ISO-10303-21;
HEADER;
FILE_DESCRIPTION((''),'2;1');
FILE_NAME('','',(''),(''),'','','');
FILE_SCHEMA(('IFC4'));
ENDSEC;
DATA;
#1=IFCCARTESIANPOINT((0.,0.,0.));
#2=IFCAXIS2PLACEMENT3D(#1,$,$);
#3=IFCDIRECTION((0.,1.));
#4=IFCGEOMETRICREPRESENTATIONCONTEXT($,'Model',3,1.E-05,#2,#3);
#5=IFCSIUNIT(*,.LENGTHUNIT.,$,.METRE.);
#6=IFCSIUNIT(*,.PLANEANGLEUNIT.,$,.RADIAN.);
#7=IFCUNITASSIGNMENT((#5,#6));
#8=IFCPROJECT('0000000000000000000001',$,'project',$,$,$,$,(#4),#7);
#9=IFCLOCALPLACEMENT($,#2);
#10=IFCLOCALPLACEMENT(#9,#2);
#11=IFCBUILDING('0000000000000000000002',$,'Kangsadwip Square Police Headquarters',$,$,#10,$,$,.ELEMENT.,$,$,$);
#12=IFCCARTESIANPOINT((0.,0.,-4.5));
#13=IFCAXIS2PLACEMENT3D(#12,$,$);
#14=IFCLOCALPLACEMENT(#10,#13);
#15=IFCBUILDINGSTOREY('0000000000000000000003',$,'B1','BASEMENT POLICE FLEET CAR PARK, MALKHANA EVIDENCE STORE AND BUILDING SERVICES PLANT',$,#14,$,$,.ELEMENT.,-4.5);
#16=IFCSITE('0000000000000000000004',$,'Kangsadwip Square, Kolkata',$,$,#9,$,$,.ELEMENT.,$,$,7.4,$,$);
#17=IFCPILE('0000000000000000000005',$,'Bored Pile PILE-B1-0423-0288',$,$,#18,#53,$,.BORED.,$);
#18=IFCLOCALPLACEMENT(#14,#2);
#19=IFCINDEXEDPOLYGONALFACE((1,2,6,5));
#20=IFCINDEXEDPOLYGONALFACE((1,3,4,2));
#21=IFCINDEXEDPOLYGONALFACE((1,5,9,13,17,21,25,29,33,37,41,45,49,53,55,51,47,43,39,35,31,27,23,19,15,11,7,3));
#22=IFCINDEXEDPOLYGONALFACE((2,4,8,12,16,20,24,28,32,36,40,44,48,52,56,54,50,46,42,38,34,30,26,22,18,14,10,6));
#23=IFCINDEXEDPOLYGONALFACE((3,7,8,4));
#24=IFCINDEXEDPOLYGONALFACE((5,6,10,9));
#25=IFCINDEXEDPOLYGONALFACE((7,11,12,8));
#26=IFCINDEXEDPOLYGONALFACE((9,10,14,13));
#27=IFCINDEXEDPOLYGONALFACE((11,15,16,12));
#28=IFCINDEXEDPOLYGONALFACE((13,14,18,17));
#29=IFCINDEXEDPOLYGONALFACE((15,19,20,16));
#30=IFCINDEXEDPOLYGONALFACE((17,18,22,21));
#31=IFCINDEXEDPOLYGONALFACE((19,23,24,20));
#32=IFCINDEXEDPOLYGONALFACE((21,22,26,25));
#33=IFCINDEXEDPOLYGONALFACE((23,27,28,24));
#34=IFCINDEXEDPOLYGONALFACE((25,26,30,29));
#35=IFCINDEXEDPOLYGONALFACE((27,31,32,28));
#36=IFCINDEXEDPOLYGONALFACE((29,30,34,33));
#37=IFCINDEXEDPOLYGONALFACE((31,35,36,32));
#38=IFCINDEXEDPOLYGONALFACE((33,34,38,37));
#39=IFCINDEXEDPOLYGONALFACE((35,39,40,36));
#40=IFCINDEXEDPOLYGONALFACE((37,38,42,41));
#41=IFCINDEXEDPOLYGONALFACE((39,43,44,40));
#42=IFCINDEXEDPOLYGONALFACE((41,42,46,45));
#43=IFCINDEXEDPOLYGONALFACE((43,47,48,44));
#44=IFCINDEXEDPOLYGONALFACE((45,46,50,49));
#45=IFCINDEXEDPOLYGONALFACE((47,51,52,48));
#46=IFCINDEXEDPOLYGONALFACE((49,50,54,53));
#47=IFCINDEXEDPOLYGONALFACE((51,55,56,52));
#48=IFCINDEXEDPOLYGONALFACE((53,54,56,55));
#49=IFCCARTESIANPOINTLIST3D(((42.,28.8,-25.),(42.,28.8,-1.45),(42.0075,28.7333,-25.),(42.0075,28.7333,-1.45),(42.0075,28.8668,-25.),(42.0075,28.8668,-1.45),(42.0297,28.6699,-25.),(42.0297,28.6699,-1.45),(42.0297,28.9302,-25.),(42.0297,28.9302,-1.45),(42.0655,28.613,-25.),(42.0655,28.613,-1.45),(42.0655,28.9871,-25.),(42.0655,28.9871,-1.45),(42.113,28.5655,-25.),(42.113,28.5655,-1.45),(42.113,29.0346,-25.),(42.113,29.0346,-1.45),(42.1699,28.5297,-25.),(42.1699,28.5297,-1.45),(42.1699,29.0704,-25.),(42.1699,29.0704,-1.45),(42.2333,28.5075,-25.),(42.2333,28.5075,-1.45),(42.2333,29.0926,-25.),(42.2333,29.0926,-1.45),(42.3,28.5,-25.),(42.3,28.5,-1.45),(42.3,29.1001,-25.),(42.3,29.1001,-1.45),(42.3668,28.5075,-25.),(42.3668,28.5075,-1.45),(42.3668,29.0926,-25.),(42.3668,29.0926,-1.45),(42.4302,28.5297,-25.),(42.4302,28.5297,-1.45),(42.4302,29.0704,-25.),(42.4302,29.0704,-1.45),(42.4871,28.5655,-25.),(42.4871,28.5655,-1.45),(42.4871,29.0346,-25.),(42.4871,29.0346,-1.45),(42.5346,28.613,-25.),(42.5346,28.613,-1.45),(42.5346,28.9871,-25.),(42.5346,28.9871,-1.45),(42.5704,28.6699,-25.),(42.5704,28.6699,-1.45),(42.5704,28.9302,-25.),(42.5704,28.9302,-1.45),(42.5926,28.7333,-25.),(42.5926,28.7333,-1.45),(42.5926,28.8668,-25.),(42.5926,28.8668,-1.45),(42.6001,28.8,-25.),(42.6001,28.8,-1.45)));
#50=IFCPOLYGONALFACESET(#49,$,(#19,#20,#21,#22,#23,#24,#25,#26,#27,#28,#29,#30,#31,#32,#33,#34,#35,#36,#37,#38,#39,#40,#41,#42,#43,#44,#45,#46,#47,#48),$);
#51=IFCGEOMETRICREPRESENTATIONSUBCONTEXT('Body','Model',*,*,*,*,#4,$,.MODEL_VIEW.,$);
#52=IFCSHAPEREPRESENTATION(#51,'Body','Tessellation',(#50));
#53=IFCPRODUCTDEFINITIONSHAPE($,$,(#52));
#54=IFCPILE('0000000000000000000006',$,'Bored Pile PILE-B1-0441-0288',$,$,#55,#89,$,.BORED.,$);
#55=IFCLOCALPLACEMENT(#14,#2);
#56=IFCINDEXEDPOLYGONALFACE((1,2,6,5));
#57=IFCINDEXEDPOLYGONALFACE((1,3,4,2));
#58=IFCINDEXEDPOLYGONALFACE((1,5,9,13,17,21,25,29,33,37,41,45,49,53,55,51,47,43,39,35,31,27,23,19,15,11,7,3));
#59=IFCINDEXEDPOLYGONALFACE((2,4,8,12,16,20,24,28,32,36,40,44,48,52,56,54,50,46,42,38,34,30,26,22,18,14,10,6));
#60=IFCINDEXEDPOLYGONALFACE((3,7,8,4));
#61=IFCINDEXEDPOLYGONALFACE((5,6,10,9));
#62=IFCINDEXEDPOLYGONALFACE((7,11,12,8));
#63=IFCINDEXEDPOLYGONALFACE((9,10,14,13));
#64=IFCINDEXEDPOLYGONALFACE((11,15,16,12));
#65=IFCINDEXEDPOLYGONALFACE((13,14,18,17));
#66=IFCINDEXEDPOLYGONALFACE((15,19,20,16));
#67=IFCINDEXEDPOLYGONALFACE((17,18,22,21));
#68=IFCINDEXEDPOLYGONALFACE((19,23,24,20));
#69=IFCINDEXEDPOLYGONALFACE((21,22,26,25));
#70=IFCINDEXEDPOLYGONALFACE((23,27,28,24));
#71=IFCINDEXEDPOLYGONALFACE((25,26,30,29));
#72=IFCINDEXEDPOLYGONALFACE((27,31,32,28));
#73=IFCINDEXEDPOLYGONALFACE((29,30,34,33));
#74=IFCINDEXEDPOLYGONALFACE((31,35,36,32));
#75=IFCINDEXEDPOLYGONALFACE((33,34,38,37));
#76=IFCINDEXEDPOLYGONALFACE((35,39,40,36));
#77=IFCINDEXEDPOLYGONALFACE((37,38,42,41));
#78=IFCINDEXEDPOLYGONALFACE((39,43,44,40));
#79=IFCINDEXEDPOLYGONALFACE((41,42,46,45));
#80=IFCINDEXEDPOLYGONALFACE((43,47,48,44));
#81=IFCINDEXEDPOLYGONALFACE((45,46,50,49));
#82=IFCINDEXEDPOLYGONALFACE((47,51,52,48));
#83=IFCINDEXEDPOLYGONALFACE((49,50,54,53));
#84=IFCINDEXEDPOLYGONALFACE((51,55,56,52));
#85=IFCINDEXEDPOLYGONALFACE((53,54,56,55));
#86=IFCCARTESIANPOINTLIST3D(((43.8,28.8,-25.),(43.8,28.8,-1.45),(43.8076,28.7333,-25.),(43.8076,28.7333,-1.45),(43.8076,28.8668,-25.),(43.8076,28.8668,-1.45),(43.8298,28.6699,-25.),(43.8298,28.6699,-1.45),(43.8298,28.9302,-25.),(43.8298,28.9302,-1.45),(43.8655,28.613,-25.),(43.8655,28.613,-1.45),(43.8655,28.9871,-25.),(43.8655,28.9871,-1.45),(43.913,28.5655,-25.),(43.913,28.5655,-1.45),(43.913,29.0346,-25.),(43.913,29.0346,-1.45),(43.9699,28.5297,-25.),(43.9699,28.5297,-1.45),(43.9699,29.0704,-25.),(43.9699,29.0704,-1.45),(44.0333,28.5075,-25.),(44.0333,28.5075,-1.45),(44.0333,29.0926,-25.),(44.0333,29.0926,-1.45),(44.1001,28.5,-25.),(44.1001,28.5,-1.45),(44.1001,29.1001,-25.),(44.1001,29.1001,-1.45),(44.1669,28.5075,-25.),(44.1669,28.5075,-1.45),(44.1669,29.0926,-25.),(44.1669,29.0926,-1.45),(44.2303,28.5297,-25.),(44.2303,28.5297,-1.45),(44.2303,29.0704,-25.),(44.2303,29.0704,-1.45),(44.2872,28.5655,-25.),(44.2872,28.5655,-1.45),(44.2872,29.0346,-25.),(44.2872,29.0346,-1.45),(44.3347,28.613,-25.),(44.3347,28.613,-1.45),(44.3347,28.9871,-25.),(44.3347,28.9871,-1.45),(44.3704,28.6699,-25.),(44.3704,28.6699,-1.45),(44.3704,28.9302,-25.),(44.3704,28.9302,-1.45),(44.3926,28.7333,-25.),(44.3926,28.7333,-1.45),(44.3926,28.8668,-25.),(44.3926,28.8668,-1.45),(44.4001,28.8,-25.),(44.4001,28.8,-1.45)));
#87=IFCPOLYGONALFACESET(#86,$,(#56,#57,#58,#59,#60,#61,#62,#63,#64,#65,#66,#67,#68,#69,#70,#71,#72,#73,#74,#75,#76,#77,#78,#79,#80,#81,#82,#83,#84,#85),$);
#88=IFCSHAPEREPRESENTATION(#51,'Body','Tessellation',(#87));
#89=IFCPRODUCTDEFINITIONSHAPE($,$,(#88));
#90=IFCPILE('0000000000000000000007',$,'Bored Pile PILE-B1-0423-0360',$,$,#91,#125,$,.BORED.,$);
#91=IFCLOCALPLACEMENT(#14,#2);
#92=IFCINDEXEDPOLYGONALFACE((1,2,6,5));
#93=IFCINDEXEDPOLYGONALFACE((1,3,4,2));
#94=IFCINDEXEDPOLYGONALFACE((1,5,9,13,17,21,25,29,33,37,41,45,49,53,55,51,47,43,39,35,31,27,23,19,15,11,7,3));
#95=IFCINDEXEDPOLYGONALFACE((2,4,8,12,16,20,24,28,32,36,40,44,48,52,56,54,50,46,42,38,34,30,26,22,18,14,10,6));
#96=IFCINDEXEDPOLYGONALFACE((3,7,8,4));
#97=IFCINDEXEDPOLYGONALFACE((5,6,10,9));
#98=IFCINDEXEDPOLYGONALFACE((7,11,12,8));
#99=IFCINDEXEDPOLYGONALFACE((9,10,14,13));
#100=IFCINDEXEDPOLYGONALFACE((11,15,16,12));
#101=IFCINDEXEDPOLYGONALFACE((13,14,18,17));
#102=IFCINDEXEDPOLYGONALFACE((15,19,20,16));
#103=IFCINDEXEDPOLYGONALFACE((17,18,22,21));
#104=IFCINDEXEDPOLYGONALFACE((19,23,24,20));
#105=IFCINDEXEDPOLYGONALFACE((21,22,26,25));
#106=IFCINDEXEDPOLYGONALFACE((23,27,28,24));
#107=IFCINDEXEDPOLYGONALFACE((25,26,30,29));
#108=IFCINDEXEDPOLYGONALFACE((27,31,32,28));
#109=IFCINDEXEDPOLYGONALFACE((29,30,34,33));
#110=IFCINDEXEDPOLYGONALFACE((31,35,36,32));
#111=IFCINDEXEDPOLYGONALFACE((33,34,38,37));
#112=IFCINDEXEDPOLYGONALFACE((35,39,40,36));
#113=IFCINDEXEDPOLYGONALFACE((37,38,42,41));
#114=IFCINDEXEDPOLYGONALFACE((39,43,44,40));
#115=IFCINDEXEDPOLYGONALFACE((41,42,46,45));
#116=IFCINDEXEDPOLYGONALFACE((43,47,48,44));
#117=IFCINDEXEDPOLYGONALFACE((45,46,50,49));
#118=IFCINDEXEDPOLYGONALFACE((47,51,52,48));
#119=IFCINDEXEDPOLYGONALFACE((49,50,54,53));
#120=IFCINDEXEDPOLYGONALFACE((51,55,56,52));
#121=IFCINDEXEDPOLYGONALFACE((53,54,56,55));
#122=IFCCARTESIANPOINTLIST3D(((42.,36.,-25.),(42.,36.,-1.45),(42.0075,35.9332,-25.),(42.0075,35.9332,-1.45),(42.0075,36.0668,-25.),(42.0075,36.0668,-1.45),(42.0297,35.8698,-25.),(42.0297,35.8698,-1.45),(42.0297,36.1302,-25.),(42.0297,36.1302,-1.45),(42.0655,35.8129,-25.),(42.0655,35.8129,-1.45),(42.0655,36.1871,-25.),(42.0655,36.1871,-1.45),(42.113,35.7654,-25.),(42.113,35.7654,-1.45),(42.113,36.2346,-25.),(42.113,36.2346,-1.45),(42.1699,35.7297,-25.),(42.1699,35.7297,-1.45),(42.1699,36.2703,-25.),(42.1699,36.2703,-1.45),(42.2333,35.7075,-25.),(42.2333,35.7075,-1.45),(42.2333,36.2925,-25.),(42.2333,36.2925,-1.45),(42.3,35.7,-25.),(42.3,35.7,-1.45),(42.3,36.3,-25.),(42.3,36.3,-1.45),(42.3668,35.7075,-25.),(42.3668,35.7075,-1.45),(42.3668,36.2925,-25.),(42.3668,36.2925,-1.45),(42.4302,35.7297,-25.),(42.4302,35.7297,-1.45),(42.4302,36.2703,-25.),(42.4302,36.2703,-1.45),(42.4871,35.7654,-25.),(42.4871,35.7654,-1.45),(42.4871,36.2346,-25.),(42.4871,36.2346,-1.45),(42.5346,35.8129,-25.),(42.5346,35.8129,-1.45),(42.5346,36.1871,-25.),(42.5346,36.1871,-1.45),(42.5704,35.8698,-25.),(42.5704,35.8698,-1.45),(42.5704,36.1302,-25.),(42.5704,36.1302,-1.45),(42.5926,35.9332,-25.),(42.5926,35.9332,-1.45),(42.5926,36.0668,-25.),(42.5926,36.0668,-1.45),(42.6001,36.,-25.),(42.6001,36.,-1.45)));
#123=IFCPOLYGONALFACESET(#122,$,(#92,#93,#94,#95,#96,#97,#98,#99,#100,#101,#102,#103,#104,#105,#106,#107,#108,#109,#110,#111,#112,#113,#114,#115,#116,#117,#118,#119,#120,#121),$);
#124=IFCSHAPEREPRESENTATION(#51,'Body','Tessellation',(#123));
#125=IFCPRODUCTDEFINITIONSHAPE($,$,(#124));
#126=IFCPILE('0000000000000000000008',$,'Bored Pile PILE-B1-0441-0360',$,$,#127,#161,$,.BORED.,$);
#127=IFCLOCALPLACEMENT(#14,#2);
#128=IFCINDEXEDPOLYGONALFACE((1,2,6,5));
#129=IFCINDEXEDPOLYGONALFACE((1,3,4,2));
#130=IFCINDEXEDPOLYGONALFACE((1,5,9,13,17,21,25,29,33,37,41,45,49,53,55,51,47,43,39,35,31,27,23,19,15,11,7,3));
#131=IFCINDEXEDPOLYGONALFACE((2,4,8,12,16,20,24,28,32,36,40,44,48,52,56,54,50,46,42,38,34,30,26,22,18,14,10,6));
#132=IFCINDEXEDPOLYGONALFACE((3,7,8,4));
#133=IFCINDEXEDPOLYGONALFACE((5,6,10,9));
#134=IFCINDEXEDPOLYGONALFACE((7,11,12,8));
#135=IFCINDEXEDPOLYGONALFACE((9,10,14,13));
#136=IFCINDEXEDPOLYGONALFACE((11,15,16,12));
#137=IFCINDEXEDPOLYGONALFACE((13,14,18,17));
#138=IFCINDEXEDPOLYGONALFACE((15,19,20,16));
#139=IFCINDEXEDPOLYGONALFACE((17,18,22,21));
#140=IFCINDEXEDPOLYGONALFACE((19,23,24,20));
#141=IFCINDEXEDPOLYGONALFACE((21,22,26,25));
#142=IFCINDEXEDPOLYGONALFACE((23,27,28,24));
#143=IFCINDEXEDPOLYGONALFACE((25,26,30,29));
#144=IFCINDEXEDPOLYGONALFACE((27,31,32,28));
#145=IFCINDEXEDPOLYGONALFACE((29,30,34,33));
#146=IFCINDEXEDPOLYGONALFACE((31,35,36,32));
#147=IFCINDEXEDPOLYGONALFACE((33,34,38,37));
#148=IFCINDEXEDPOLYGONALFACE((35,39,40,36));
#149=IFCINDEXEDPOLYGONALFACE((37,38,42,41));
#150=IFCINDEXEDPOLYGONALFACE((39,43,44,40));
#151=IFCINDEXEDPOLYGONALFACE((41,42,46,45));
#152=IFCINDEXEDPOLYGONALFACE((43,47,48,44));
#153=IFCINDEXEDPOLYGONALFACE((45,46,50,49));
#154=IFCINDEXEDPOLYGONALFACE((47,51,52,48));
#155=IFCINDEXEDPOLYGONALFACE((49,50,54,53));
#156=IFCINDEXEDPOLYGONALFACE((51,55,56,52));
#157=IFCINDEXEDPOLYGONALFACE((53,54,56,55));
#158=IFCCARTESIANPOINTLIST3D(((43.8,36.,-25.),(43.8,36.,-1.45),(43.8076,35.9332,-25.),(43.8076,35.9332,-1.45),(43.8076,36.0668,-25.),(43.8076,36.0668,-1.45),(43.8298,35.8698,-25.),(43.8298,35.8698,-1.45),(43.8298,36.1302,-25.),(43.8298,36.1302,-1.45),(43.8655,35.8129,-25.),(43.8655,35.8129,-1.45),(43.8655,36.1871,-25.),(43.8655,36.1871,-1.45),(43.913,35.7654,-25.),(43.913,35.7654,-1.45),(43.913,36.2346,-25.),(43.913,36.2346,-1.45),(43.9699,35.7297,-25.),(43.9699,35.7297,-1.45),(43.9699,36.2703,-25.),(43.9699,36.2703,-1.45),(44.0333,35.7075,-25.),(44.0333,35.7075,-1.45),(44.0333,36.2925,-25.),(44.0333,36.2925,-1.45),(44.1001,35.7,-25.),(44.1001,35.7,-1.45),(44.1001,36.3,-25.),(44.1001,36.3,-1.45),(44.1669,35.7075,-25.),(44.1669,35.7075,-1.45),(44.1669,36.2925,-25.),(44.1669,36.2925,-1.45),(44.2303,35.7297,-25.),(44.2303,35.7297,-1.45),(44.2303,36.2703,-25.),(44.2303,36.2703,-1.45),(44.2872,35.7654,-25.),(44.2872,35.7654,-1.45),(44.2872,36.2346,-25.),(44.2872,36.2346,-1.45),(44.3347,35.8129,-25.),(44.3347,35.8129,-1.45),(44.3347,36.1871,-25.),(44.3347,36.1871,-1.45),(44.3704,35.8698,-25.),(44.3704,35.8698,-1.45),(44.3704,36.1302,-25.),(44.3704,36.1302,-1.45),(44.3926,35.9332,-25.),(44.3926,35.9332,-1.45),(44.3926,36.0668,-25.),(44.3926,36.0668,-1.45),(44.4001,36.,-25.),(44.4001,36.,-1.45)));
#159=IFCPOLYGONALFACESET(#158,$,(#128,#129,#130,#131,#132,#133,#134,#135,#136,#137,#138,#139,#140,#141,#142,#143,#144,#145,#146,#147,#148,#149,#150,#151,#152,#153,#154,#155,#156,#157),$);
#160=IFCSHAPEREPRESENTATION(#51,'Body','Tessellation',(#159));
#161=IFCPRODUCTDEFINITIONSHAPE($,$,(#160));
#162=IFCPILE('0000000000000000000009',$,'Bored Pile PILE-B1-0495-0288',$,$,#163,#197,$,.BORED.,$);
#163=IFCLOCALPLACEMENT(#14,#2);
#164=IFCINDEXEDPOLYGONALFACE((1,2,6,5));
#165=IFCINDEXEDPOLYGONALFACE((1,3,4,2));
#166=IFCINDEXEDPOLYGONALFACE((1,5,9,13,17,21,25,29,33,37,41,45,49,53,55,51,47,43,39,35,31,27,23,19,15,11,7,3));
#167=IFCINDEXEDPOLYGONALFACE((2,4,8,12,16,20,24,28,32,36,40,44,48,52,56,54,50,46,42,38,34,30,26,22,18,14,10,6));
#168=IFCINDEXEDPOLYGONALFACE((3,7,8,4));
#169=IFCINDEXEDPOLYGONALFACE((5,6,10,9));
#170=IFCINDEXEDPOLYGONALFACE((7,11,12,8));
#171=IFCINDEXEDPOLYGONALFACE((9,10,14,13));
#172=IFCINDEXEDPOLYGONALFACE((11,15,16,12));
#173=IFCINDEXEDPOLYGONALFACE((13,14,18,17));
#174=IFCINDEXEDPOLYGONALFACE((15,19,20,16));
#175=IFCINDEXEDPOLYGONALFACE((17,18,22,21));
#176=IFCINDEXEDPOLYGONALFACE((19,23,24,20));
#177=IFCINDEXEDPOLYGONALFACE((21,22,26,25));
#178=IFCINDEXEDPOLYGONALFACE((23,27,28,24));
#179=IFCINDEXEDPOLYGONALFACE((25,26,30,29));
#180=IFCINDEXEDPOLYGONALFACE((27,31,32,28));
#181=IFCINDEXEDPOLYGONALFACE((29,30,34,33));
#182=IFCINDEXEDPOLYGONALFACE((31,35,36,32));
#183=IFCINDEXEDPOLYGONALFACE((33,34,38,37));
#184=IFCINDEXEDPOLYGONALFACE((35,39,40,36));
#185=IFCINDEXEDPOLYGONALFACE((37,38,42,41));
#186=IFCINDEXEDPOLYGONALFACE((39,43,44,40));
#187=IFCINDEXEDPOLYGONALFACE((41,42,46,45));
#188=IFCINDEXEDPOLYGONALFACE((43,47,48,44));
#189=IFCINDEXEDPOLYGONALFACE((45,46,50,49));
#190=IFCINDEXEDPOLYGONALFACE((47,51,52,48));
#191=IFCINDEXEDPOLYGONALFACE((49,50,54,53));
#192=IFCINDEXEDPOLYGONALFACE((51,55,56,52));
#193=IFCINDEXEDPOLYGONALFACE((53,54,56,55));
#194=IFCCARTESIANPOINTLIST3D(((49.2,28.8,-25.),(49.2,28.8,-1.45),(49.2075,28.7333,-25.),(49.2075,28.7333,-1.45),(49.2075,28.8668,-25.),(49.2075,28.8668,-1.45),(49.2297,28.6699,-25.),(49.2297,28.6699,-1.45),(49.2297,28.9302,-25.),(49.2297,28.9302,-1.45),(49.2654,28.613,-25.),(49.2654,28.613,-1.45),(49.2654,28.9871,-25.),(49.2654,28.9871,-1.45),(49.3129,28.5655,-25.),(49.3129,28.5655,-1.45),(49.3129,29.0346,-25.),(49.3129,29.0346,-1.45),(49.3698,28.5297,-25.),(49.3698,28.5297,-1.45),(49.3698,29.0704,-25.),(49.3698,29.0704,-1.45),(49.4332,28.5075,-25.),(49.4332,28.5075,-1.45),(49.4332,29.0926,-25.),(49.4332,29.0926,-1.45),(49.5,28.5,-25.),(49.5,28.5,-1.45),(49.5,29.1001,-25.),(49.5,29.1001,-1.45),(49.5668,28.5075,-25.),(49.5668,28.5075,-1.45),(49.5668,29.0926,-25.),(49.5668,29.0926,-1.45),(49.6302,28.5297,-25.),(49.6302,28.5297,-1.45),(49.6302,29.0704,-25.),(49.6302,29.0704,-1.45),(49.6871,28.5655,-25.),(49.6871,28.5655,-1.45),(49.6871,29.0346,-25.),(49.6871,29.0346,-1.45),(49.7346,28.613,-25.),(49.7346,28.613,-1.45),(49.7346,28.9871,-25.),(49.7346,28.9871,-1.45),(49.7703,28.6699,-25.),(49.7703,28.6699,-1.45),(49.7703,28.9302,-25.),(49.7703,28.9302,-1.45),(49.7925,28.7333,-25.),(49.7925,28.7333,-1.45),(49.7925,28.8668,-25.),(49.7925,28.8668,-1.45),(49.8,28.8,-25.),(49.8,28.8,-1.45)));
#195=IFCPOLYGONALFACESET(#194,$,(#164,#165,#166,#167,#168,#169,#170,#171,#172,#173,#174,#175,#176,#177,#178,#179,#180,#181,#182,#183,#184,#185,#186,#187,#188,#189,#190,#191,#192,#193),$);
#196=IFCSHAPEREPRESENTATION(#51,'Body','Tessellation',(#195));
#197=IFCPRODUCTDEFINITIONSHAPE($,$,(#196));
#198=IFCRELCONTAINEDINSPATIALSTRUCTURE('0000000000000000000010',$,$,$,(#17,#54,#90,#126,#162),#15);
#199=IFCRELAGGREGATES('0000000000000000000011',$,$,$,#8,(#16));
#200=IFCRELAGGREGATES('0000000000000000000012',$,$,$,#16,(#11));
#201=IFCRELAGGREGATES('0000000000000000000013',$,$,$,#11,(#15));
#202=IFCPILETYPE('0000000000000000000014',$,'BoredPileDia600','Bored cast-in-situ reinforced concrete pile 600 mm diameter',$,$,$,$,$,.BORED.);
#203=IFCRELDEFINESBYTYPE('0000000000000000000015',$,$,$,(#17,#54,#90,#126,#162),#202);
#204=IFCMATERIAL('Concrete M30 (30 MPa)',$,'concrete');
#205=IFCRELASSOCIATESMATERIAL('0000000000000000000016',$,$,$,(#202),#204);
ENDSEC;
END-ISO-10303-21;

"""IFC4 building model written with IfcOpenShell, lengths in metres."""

from ifc_helpers import new_model, si_unit, direction, frame, origin, origin_2d, place, context, subcontext, project, spatial, circle, extrude, material, material_profile, profile_set, type_object, element, save


model = new_model("IFC4")

# Units and contexts
model_context = context("Model", 3, precision=1e-05, world=origin(), true_north=direction((0.0, 1.0)))
body_context = subcontext(model_context, "Body", "Model", "MODEL_VIEW")
ifc_project = project(units=[si_unit("LENGTHUNIT", "METRE"), si_unit("PLANEANGLEUNIT", "RADIAN")], contexts=[model_context])

# Site, building, storey
site_placement = place(None, origin())
site = spatial("IfcSite", under=ifc_project, at=site_placement, Name="Kangsadwip Square, Kolkata", CompositionType="ELEMENT", RefElevation=7.4)
building_placement = place(site_placement, origin())
building = spatial("IfcBuilding", under=site, at=building_placement, Name="Kangsadwip Square Police Headquarters", CompositionType="ELEMENT")
storey_placement = place(building_placement, frame((0.0, 0.0, -4.5)))
storey = spatial("IfcBuildingStorey", under=building, at=storey_placement, Name="B1", Description="BASEMENT POLICE FLEET CAR PARK, MALKHANA EVIDENCE STORE AND BUILDING SERVICES PLANT", CompositionType="ELEMENT", Elevation=-4.5)

# Piles
ifc_material_1 = material(Name="Concrete M30 (30 MPa)", Category="concrete")
ifc_material_profile_1 = material_profile(ifc_material_1, circle(Radius=0.3, at=origin_2d()), Name="PILE DIA 600")
ifc_profile_set_1 = profile_set([ifc_material_profile_1], Name="Concrete M30 (30 MPa)")
pile_type = type_object("IfcPileType", Name="BoredPileDia600", Description="Bored cast-in-situ reinforced concrete pile 600 mm diameter", PredefinedType="BORED", material=ifc_profile_set_1)
for number, where, z_axis, x_axis, name in (
    (1, (42.3, 28.8, -1.45), (0.0, 0.0, -1.0), (1.0, 0.0, 0.0), "Bored Pile PILE-B1-0423-0288"),
    (2, (44.1001, 28.8, -1.45), (0.0, 0.0, -1.0), (1.0, 0.0, 0.0), "Bored Pile PILE-B1-0441-0288"),
    (3, (42.3, 36.0, -1.45), (0.0, 0.0, -1.0), (1.0, 0.0, 0.0), "Bored Pile PILE-B1-0423-0360"),
    (4, (44.1001, 36.0, -1.45), (0.0, 0.0, -1.0), (1.0, 0.0, 0.0), "Bored Pile PILE-B1-0441-0360"),
    (5, (49.5, 28.8, -1.45), (0.0, 0.0, -1.0), (1.0, 0.0, 0.0), "Bored Pile PILE-B1-0495-0288"),
):
    element("IfcPile", number, at=place(storey_placement, frame(where, z_axis=z_axis, x_axis=x_axis)), inside=storey, type_object=pile_type, Name=name, PredefinedType="BORED", context=body_context, shape_type="SweptSolid", body=[
        extrude(circle(Radius=0.3, at=origin_2d()), origin(), (0.0, 0.0, 1.0), 23.55),
    ])

save(model, "model.ifc")
